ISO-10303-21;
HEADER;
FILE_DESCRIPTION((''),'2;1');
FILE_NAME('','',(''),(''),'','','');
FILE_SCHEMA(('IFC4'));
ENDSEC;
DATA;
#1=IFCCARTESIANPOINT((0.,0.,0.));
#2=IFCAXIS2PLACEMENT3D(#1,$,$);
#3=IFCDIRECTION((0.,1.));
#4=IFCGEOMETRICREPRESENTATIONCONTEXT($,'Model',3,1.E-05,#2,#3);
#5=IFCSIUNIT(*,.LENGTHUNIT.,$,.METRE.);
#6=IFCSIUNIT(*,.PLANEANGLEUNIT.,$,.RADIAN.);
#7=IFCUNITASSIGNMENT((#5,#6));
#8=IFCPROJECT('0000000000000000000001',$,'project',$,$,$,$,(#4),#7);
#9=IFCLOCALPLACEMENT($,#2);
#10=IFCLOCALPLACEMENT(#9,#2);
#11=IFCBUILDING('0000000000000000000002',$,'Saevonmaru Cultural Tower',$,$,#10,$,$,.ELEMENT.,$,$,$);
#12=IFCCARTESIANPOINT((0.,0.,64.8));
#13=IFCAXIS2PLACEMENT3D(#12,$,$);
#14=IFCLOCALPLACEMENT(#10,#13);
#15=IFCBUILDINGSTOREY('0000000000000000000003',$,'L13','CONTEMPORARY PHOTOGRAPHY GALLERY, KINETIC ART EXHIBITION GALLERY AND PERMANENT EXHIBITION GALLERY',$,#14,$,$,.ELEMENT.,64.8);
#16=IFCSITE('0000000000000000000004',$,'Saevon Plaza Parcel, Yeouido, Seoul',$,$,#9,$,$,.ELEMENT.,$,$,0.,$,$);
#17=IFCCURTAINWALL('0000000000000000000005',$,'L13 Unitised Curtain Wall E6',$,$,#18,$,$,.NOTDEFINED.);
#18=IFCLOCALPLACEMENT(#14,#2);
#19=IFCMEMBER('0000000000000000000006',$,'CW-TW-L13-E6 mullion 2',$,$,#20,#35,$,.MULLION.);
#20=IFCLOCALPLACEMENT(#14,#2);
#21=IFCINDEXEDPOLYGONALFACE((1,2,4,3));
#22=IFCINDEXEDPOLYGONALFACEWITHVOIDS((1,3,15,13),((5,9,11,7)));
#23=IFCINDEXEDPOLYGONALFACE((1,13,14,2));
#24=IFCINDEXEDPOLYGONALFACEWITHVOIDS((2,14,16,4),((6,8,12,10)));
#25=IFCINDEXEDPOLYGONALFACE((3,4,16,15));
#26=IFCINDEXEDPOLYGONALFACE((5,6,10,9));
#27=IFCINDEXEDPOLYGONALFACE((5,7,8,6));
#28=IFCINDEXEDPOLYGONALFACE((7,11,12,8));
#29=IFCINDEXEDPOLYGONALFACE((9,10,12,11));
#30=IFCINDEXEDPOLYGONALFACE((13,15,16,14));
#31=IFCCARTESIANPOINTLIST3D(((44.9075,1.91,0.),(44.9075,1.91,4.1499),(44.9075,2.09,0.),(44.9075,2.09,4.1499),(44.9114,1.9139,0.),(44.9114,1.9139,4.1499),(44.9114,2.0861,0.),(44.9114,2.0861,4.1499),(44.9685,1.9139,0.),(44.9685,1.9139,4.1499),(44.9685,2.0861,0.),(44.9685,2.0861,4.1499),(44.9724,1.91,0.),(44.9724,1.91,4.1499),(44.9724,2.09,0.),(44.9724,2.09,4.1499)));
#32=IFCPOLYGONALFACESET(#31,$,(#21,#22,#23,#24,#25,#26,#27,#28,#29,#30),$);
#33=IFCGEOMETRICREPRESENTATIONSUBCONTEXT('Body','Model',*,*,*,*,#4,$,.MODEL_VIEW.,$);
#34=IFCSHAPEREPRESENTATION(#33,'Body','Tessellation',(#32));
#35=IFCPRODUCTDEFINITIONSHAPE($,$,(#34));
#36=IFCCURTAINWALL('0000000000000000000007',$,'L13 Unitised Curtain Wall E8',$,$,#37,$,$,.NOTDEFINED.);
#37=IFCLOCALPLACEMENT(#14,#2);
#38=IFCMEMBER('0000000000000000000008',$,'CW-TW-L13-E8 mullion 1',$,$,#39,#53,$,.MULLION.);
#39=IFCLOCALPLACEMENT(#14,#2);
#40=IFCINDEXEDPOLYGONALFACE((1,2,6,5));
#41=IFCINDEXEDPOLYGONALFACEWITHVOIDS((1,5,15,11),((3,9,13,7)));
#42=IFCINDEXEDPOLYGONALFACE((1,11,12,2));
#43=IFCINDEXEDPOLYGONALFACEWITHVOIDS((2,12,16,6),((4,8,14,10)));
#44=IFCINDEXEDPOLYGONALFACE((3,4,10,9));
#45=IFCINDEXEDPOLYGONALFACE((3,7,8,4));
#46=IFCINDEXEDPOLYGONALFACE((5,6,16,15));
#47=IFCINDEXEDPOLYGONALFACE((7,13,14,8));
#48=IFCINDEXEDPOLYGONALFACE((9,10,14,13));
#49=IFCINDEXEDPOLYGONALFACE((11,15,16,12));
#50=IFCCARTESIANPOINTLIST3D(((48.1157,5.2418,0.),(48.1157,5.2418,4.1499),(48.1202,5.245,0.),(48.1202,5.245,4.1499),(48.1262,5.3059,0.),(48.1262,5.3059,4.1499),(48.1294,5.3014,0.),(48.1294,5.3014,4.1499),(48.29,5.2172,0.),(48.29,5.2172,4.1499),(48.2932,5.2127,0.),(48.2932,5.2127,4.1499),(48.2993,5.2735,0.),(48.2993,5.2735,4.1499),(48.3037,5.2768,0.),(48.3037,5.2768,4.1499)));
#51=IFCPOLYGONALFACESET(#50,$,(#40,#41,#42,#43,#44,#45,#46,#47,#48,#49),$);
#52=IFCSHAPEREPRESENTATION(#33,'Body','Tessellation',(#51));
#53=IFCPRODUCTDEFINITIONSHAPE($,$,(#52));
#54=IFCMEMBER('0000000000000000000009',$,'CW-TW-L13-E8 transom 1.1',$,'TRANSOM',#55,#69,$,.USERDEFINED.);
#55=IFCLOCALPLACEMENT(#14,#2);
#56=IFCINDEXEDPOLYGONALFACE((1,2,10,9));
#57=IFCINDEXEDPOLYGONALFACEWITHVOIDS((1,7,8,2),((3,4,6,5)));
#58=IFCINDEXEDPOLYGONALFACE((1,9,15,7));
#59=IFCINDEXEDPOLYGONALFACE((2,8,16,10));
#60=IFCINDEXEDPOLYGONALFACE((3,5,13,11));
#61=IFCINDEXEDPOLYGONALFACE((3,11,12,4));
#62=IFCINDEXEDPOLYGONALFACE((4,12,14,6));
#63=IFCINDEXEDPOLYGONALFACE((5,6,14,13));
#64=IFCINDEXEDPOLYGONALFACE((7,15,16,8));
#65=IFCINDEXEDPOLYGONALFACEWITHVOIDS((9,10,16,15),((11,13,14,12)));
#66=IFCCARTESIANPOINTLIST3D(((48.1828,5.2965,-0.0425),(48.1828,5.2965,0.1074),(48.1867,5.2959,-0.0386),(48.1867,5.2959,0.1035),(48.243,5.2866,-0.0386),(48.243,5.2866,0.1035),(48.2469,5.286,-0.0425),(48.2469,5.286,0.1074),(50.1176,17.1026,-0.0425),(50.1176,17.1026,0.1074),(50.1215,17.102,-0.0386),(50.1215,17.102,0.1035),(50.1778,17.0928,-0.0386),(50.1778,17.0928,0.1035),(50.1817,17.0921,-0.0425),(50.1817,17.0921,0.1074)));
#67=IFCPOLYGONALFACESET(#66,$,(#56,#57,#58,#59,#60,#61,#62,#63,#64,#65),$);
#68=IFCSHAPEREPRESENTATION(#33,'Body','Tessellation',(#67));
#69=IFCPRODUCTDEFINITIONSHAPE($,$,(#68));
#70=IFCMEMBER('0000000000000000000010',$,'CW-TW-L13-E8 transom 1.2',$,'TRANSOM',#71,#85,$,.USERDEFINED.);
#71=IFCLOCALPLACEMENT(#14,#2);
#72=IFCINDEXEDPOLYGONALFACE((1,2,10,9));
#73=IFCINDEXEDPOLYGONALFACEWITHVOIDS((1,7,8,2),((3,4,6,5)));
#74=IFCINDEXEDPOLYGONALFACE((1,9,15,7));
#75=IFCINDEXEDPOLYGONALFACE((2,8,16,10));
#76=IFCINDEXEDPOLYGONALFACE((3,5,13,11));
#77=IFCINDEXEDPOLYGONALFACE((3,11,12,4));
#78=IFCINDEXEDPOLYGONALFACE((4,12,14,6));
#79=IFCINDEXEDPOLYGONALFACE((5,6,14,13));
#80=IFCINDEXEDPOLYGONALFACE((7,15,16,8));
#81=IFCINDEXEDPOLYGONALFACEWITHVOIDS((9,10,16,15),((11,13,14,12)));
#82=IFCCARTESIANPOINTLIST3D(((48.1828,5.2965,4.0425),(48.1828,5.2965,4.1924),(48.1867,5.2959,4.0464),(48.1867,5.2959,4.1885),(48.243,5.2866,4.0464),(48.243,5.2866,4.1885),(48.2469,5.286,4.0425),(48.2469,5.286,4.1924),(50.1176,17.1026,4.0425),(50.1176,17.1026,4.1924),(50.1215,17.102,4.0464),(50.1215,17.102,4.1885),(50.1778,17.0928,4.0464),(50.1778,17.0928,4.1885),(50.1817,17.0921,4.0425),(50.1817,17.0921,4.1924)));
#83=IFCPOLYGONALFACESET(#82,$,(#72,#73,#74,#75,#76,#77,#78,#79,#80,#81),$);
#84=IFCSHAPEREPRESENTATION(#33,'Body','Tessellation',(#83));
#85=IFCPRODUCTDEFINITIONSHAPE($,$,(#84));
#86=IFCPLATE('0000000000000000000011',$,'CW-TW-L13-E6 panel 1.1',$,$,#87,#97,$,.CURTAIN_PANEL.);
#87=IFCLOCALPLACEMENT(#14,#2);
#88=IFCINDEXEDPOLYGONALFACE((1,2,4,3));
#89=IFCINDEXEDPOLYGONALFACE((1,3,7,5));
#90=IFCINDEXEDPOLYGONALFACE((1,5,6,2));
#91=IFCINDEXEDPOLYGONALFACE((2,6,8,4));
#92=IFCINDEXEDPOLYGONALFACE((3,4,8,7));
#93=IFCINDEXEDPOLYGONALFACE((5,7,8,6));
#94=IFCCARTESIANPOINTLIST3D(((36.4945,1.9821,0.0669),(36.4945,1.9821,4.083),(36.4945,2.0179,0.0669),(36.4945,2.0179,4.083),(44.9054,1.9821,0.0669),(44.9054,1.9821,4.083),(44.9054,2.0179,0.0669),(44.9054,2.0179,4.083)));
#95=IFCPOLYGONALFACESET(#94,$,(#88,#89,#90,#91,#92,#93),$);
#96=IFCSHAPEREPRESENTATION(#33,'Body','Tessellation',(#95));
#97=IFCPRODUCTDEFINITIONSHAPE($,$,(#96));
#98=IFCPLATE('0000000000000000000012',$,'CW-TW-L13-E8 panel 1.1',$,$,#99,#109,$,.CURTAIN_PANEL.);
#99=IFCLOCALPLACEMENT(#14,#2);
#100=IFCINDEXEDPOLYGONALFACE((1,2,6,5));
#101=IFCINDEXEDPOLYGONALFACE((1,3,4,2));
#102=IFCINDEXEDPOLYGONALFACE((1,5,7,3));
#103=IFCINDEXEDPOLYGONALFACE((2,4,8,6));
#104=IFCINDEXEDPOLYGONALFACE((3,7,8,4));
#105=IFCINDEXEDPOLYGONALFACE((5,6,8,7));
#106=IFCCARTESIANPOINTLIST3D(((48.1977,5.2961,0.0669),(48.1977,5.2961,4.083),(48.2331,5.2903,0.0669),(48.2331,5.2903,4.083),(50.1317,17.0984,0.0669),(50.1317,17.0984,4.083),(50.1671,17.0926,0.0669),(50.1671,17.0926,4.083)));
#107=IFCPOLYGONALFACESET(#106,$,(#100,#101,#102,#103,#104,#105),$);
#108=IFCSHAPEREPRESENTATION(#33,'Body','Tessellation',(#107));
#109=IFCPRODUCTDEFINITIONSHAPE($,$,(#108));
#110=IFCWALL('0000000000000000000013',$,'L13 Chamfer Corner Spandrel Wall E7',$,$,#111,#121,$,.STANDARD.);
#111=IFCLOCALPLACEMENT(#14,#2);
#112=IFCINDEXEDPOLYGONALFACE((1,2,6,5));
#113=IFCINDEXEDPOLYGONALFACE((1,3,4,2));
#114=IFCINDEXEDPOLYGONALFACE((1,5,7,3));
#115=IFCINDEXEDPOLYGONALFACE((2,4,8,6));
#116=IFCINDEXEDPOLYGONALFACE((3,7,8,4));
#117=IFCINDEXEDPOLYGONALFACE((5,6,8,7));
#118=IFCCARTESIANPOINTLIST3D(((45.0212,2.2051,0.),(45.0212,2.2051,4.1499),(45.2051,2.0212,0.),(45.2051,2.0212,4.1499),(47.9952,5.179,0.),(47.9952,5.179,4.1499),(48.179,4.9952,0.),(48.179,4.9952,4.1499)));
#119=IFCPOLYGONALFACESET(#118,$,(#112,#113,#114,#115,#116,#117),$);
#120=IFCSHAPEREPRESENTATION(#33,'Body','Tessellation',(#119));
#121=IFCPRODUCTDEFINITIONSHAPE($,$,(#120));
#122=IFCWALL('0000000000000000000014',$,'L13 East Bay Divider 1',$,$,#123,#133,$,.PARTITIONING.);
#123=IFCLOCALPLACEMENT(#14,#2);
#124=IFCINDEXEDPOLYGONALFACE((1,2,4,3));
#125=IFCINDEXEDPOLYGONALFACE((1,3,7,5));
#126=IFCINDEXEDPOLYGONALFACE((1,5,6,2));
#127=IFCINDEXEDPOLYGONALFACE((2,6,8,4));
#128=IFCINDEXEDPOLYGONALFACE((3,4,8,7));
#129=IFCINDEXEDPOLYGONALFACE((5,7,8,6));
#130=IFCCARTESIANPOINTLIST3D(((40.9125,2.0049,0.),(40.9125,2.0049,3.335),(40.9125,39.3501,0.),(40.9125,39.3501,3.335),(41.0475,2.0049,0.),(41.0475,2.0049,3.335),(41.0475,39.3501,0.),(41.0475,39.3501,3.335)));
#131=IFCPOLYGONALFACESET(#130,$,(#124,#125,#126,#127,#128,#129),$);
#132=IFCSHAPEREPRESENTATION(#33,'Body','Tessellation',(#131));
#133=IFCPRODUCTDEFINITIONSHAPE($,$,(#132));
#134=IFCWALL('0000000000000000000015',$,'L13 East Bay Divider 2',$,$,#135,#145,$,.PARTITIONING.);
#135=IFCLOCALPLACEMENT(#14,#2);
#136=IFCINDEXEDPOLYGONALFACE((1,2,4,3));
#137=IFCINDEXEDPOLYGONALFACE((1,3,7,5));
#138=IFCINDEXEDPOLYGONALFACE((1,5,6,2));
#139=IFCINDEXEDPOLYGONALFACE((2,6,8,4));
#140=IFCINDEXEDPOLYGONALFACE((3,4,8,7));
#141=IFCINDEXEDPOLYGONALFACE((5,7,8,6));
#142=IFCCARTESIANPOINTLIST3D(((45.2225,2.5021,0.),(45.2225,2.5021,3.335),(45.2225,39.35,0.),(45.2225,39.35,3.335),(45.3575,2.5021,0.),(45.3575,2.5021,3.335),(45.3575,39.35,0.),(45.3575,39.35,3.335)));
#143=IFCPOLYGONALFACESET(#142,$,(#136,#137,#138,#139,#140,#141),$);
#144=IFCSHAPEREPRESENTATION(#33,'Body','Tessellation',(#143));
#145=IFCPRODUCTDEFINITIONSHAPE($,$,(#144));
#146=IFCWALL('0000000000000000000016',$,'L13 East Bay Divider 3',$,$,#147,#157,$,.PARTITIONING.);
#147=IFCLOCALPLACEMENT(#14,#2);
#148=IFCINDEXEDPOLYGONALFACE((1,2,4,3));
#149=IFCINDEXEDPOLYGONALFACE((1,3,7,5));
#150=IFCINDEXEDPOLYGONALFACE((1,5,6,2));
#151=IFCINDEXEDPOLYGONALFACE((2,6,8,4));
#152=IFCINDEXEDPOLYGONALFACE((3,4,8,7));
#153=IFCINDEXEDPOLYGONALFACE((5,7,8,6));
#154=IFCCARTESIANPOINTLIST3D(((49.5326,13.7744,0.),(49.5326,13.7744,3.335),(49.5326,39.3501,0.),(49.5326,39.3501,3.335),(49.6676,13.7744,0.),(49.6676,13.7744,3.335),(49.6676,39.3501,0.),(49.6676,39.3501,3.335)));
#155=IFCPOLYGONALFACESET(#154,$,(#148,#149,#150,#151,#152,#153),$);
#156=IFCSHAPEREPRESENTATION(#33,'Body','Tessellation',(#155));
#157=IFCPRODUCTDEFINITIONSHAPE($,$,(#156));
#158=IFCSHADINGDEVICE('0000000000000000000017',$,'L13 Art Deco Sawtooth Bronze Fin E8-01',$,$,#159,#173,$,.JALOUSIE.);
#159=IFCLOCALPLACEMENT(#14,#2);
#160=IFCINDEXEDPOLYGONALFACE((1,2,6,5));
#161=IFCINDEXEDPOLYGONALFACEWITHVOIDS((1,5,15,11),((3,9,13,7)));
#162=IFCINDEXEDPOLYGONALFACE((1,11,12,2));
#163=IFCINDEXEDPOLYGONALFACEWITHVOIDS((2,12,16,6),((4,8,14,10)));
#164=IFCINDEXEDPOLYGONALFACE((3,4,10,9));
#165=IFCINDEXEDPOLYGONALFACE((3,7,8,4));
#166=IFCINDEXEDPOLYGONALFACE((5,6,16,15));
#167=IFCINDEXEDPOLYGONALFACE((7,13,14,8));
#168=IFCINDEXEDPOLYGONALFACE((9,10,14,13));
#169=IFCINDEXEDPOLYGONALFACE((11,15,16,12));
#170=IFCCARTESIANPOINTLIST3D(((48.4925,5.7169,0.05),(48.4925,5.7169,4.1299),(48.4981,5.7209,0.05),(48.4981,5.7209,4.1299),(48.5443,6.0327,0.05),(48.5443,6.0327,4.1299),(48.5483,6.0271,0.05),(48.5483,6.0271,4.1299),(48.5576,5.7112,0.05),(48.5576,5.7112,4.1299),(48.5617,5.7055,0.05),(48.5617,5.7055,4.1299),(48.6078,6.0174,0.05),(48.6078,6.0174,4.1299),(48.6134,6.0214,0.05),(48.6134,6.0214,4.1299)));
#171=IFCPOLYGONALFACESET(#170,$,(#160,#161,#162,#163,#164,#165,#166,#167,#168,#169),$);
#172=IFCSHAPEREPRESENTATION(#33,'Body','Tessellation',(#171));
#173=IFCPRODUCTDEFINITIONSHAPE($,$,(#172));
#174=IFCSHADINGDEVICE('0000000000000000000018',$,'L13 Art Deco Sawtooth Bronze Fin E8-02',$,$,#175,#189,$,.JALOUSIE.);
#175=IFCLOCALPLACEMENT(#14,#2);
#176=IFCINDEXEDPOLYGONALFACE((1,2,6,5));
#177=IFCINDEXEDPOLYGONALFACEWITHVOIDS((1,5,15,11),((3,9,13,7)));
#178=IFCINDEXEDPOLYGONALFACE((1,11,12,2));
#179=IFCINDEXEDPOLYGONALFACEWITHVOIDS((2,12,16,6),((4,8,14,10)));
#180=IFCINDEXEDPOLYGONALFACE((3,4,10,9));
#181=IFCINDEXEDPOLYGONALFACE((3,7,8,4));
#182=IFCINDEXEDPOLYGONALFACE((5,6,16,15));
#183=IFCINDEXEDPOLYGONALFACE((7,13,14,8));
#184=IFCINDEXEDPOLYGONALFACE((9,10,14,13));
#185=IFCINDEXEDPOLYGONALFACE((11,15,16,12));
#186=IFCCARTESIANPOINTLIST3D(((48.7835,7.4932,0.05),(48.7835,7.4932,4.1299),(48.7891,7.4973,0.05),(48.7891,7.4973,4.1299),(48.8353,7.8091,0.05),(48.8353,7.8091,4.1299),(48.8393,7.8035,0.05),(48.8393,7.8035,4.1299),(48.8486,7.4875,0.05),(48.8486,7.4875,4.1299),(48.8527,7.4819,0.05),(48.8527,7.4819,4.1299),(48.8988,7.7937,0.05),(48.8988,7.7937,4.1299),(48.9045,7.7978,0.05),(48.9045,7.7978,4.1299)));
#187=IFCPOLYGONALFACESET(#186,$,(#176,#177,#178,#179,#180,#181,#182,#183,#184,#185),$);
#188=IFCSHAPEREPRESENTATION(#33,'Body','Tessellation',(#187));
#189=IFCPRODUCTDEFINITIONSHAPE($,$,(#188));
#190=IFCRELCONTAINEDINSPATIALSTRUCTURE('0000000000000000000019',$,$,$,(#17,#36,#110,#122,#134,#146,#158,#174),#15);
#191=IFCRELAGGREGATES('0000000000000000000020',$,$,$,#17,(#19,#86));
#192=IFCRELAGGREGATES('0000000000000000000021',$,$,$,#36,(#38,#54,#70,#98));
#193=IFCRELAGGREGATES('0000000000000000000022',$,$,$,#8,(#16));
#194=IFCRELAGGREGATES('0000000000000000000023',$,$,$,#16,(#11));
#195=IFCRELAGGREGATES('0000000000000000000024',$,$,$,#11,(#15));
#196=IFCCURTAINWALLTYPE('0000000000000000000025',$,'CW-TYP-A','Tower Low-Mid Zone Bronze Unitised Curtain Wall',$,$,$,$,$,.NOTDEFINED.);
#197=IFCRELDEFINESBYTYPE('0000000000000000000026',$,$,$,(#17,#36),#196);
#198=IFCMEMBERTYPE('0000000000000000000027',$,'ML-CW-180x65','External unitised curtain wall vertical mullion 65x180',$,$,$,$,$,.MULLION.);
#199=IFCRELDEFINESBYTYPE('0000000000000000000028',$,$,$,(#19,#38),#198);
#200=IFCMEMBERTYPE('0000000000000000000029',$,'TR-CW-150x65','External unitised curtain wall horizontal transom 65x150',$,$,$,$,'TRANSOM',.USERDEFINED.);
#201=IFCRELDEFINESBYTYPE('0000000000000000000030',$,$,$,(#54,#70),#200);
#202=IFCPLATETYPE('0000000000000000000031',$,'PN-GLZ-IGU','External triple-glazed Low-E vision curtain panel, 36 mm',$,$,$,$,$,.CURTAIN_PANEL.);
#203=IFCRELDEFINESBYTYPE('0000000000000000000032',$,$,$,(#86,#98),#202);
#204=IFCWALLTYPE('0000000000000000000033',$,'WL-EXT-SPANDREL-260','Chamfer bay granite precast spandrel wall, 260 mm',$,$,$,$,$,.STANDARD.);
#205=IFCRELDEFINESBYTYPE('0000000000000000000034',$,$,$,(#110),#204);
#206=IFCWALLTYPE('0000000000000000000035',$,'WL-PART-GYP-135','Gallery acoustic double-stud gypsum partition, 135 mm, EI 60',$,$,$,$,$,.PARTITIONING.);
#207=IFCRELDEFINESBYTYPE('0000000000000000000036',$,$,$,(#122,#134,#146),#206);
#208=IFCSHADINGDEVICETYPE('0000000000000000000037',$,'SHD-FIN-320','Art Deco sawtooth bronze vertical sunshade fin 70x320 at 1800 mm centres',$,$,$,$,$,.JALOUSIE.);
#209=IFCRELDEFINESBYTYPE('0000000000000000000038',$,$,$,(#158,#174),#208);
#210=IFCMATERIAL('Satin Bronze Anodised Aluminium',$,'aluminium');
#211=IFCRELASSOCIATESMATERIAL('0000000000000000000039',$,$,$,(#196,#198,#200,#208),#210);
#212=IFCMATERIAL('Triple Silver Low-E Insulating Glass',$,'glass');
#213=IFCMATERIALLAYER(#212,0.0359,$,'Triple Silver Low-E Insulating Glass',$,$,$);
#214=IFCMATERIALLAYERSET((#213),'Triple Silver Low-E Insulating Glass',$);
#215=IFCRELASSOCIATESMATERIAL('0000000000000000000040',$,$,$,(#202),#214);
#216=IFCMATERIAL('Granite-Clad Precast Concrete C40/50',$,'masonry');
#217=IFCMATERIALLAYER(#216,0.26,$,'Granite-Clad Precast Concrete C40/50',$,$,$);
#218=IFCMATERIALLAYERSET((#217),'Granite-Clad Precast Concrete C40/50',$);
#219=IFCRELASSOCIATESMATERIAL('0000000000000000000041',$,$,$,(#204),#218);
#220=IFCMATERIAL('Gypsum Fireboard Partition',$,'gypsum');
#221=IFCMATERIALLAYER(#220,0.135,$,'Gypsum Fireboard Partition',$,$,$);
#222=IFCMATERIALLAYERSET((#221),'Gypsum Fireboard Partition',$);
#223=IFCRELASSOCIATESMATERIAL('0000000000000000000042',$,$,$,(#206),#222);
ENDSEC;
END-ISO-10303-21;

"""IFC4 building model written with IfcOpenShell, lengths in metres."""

from ifc_helpers import new_model, si_unit, direction, frame, frame_2d, origin, origin_2d, place, context, subcontext, project, spatial, rectangle, hollow_rectangle, extrude, material, layer, layer_set, material_profile, profile_set, type_object, element, aggregate, save


model = new_model("IFC4")

# Units and contexts
model_context = context("Model", 3, precision=1e-05, world=origin(), true_north=direction((0.0, 1.0)))
body_context = subcontext(model_context, "Body", "Model", "MODEL_VIEW")
ifc_project = project(units=[si_unit("LENGTHUNIT", "METRE"), si_unit("PLANEANGLEUNIT", "RADIAN")], contexts=[model_context])

# Site, building, storey
site_placement = place(None, origin())
site = spatial("IfcSite", under=ifc_project, at=site_placement, Name="Saevon Plaza Parcel, Yeouido, Seoul", CompositionType="ELEMENT", RefElevation=0.0)
building_placement = place(site_placement, origin())
building = spatial("IfcBuilding", under=site, at=building_placement, Name="Saevonmaru Cultural Tower", CompositionType="ELEMENT")
storey_placement = place(building_placement, frame((0.0, 0.0, 64.8)))
storey = spatial("IfcBuildingStorey", under=building, at=storey_placement, Name="L13", Description="CONTEMPORARY PHOTOGRAPHY GALLERY, KINETIC ART EXHIBITION GALLERY AND PERMANENT EXHIBITION GALLERY", CompositionType="ELEMENT", Elevation=64.8)

# Curtain wall, member
ifc_material_1 = material(Name="Satin Bronze Anodised Aluminium", Category="aluminium")
curtain_wall_type = type_object("IfcCurtainWallType", Name="CW-TYP-A", Description="Tower Low-Mid Zone Bronze Unitised Curtain Wall", PredefinedType="NOTDEFINED", material=ifc_material_1)
curtain_wall_1_placement = place(storey_placement, origin())
curtain_wall_1 = element("IfcCurtainWall", 1, at=curtain_wall_1_placement, inside=storey, type_object=curtain_wall_type, Name="L13 Unitised Curtain Wall E6", PredefinedType="NOTDEFINED")
ifc_material_profile_1 = material_profile(ifc_material_1, hollow_rectangle(XDim=0.0649, YDim=0.1799, WallThickness=0.0039, at=origin_2d()), Name="ALU-MULL-180x65x4")
ifc_profile_set_1 = profile_set([ifc_material_profile_1], Name="Satin Bronze Anodised Aluminium")
member_type_1 = type_object("IfcMemberType", Name="ML-CW-180x65", Description="External unitised curtain wall vertical mullion 65x180", PredefinedType="MULLION", material=ifc_profile_set_1)
member_1_placement = place(storey_placement, frame((44.9399, 2.0, 0.0), z_axis=(0.0, 0.0, 1.0), x_axis=(1.0, 0.0, 0.0)))
member_1 = element("IfcMember", 2, at=member_1_placement, type_object=member_type_1, Name="CW-TW-L13-E6 mullion 2", PredefinedType="MULLION", context=body_context, shape_type="SweptSolid", body=[
    extrude(hollow_rectangle(XDim=0.0649, YDim=0.1799, WallThickness=0.0039, at=origin_2d()), origin(), (0.0, 0.0, 1.0), 4.1499),
])

# Curtain wall, members
curtain_wall_2_placement = place(storey_placement, origin())
curtain_wall_2 = element("IfcCurtainWall", 3, at=curtain_wall_2_placement, inside=storey, type_object=curtain_wall_type, Name="L13 Unitised Curtain Wall E8", PredefinedType="NOTDEFINED")
member_2_placement = place(storey_placement, frame((48.2097, 5.2593, 0.0), z_axis=(0.0, 0.0, 1.0), x_axis=(0.161709, 0.986839, 0.0)))
member_2 = element("IfcMember", 4, at=member_2_placement, type_object=member_type_1, Name="CW-TW-L13-E8 mullion 1", PredefinedType="MULLION", context=body_context, shape_type="SweptSolid", body=[
    extrude(hollow_rectangle(XDim=0.0649, YDim=0.1799, WallThickness=0.0039, at=origin_2d()), origin(), (0.0, 0.0, 1.0), 4.1499),
])
ifc_material_profile_2 = material_profile(ifc_material_1, hollow_rectangle(XDim=0.0649, YDim=0.1499, WallThickness=0.0039, at=origin_2d()), Name="ALU-TRAN-150x65x4")
ifc_profile_set_2 = profile_set([ifc_material_profile_2], Name="Satin Bronze Anodised Aluminium")
member_type_2 = type_object("IfcMemberType", Name="TR-CW-150x65", Description="External unitised curtain wall horizontal transom 65x150", ElementType="TRANSOM", PredefinedType="USERDEFINED", material=ifc_profile_set_2)
member_3_placement = place(storey_placement, frame((48.2148, 5.2913, 0.0325), z_axis=(0.161725, 0.986836, 0.0), x_axis=(-0.986836, 0.161725, 0.0)))
member_3 = element("IfcMember", 5, at=member_3_placement, type_object=member_type_2, Name="CW-TW-L13-E8 transom 1.1", ObjectType="TRANSOM", PredefinedType="USERDEFINED", context=body_context, shape_type="SweptSolid", body=[
    extrude(hollow_rectangle(XDim=0.0649, YDim=0.1499, WallThickness=0.0039, at=origin_2d()), origin(), (0.0, 0.0, 1.0), 11.9636),
])
member_4_placement = place(storey_placement, frame((48.2148, 5.2913, 4.1174), z_axis=(0.161725, 0.986836, 0.0), x_axis=(-0.986836, 0.161725, 0.0)))
member_4 = element("IfcMember", 6, at=member_4_placement, type_object=member_type_2, Name="CW-TW-L13-E8 transom 1.2", ObjectType="TRANSOM", PredefinedType="USERDEFINED", context=body_context, shape_type="SweptSolid", body=[
    extrude(hollow_rectangle(XDim=0.0649, YDim=0.1499, WallThickness=0.0039, at=origin_2d()), origin(), (0.0, 0.0, 1.0), 11.9636),
])

# Plates
ifc_material_2 = material(Name="Triple Silver Low-E Insulating Glass", Category="glass")
ifc_layer_1 = layer(ifc_material_2, 0.0359, Name="Triple Silver Low-E Insulating Glass")
ifc_layer_set_1 = layer_set([ifc_layer_1], Name="Triple Silver Low-E Insulating Glass")
plate_type = type_object("IfcPlateType", Name="PN-GLZ-IGU", Description="External triple-glazed Low-E vision curtain panel, 36 mm", PredefinedType="CURTAIN_PANEL", material=ifc_layer_set_1)
plate_1_placement = place(storey_placement, frame((40.7, 2.0, 0.0669), z_axis=(0.0, 0.0, 1.0), x_axis=(1.0, 0.0, 0.0)))
plate_1 = element("IfcPlate", 7, at=plate_1_placement, type_object=plate_type, Name="CW-TW-L13-E6 panel 1.1", PredefinedType="CURTAIN_PANEL", context=body_context, shape_type="SweptSolid", body=[
    extrude(rectangle(XDim=8.4109, YDim=0.0359, at=origin_2d()), origin(), (0.0, 0.0, 1.0), 4.0161),
])
aggregate(curtain_wall_1, [member_1, plate_1])
plate_2_placement = place(storey_placement, frame((49.1824, 11.1943, 0.0669), z_axis=(0.0, 0.0, 1.0), x_axis=(0.161709, 0.986839, 0.0)))
plate_2 = element("IfcPlate", 8, at=plate_2_placement, type_object=plate_type, Name="CW-TW-L13-E8 panel 1.1", PredefinedType="CURTAIN_PANEL", context=body_context, shape_type="SweptSolid", body=[
    extrude(rectangle(XDim=11.9597, YDim=0.0359, at=origin_2d()), origin(), (0.0, 0.0, 1.0), 4.0161),
])
aggregate(curtain_wall_2, [member_2, member_3, member_4, plate_2])

# Walls
ifc_material_3 = material(Name="Granite-Clad Precast Concrete C40/50", Category="masonry")
ifc_layer_2 = layer(ifc_material_3, 0.26, Name="Granite-Clad Precast Concrete C40/50")
ifc_layer_set_2 = layer_set([ifc_layer_2], Name="Granite-Clad Precast Concrete C40/50")
wall_type_1 = type_object("IfcWallType", Name="WL-EXT-SPANDREL-260", Description="Chamfer bay granite precast spandrel wall, 260 mm", PredefinedType="STANDARD", material=ifc_layer_set_2)
wall_1_placement = place(storey_placement, frame((45.113, 2.113, 0.0), z_axis=(0.0, 0.0, 1.0), x_axis=(0.707107, 0.707107, 0.0)))
element("IfcWall", 9, at=wall_1_placement, inside=storey, type_object=wall_type_1, Name="L13 Chamfer Corner Spandrel Wall E7", PredefinedType="STANDARD", context=body_context, shape_type="SweptSolid", body=[
    extrude(rectangle(XDim=4.2058, YDim=0.26, at=frame_2d((2.103, 0.0))), origin(), (0.0, 0.0, 1.0), 4.1499),
])
ifc_material_4 = material(Name="Gypsum Fireboard Partition", Category="gypsum")
ifc_layer_3 = layer(ifc_material_4, 0.135, Name="Gypsum Fireboard Partition")
ifc_layer_set_3 = layer_set([ifc_layer_3], Name="Gypsum Fireboard Partition")
wall_type_2 = type_object("IfcWallType", Name="WL-PART-GYP-135", Description="Gallery acoustic double-stud gypsum partition, 135 mm, EI 60", PredefinedType="PARTITIONING", material=ifc_layer_set_3)
wall_2_placement = place(storey_placement, frame((40.98, 2.0049, 0.0), z_axis=(0.0, 0.0, 1.0), x_axis=(0.0, 1.0, 0.0)))
element("IfcWall", 10, at=wall_2_placement, inside=storey, type_object=wall_type_2, Name="L13 East Bay Divider 1", PredefinedType="PARTITIONING", context=body_context, shape_type="SweptSolid", body=[
    extrude(rectangle(XDim=37.3452, YDim=0.135, at=frame_2d((18.6726, 0.0))), origin(), (0.0, 0.0, 1.0), 3.335),
])
wall_3_placement = place(storey_placement, frame((45.29, 2.5022, 0.0), z_axis=(0.0, 0.0, 1.0), x_axis=(0.0, 1.0, 0.0)))
element("IfcWall", 11, at=wall_3_placement, inside=storey, type_object=wall_type_2, Name="L13 East Bay Divider 2", PredefinedType="PARTITIONING", context=body_context, shape_type="SweptSolid", body=[
    extrude(rectangle(XDim=36.8479, YDim=0.135, at=frame_2d((18.4238, 0.0))), origin(), (0.0, 0.0, 1.0), 3.335),
])
wall_4_placement = place(storey_placement, frame((49.6001, 13.7744, 0.0), z_axis=(0.0, 0.0, 1.0), x_axis=(0.0, 1.0, 0.0)))
element("IfcWall", 12, at=wall_4_placement, inside=storey, type_object=wall_type_2, Name="L13 East Bay Divider 3", PredefinedType="PARTITIONING", context=body_context, shape_type="SweptSolid", body=[
    extrude(rectangle(XDim=25.5757, YDim=0.135, at=frame_2d((12.7878, 0.0))), origin(), (0.0, 0.0, 1.0), 3.335),
])

# Shading devices
ifc_material_profile_3 = material_profile(ifc_material_1, hollow_rectangle(XDim=0.0701, YDim=0.3201, WallThickness=0.0049, at=origin_2d()), Name="FIN-320x70")
ifc_profile_set_3 = profile_set([ifc_material_profile_3], Name="Satin Bronze Anodised Aluminium")
shading_device_type = type_object("IfcShadingDeviceType", Name="SHD-FIN-320", Description="Art Deco sawtooth bronze vertical sunshade fin 70x320 at 1800 mm centres", PredefinedType="JALOUSIE", material=ifc_profile_set_3)
for number, where, z_axis, x_axis, name in (
    (13, (48.553, 5.8691, 0.05), (0.0, 0.0, 1.0), (0.986827, -0.161776, 0.0), "L13 Art Deco Sawtooth Bronze Fin E8-01"),
    (14, (48.844, 7.6455, 0.05), (0.0, 0.0, 1.0), (0.986827, -0.161776, 0.0), "L13 Art Deco Sawtooth Bronze Fin E8-02"),
):
    element("IfcShadingDevice", number, at=place(storey_placement, frame(where, z_axis=z_axis, x_axis=x_axis)), inside=storey, type_object=shading_device_type, Name=name, PredefinedType="JALOUSIE", context=body_context, shape_type="SweptSolid", body=[
        extrude(hollow_rectangle(XDim=0.0701, YDim=0.3201, WallThickness=0.0049, at=origin_2d()), origin(), (0.0, 0.0, 1.0), 4.0798),
    ])

save(model, "model.ifc")
